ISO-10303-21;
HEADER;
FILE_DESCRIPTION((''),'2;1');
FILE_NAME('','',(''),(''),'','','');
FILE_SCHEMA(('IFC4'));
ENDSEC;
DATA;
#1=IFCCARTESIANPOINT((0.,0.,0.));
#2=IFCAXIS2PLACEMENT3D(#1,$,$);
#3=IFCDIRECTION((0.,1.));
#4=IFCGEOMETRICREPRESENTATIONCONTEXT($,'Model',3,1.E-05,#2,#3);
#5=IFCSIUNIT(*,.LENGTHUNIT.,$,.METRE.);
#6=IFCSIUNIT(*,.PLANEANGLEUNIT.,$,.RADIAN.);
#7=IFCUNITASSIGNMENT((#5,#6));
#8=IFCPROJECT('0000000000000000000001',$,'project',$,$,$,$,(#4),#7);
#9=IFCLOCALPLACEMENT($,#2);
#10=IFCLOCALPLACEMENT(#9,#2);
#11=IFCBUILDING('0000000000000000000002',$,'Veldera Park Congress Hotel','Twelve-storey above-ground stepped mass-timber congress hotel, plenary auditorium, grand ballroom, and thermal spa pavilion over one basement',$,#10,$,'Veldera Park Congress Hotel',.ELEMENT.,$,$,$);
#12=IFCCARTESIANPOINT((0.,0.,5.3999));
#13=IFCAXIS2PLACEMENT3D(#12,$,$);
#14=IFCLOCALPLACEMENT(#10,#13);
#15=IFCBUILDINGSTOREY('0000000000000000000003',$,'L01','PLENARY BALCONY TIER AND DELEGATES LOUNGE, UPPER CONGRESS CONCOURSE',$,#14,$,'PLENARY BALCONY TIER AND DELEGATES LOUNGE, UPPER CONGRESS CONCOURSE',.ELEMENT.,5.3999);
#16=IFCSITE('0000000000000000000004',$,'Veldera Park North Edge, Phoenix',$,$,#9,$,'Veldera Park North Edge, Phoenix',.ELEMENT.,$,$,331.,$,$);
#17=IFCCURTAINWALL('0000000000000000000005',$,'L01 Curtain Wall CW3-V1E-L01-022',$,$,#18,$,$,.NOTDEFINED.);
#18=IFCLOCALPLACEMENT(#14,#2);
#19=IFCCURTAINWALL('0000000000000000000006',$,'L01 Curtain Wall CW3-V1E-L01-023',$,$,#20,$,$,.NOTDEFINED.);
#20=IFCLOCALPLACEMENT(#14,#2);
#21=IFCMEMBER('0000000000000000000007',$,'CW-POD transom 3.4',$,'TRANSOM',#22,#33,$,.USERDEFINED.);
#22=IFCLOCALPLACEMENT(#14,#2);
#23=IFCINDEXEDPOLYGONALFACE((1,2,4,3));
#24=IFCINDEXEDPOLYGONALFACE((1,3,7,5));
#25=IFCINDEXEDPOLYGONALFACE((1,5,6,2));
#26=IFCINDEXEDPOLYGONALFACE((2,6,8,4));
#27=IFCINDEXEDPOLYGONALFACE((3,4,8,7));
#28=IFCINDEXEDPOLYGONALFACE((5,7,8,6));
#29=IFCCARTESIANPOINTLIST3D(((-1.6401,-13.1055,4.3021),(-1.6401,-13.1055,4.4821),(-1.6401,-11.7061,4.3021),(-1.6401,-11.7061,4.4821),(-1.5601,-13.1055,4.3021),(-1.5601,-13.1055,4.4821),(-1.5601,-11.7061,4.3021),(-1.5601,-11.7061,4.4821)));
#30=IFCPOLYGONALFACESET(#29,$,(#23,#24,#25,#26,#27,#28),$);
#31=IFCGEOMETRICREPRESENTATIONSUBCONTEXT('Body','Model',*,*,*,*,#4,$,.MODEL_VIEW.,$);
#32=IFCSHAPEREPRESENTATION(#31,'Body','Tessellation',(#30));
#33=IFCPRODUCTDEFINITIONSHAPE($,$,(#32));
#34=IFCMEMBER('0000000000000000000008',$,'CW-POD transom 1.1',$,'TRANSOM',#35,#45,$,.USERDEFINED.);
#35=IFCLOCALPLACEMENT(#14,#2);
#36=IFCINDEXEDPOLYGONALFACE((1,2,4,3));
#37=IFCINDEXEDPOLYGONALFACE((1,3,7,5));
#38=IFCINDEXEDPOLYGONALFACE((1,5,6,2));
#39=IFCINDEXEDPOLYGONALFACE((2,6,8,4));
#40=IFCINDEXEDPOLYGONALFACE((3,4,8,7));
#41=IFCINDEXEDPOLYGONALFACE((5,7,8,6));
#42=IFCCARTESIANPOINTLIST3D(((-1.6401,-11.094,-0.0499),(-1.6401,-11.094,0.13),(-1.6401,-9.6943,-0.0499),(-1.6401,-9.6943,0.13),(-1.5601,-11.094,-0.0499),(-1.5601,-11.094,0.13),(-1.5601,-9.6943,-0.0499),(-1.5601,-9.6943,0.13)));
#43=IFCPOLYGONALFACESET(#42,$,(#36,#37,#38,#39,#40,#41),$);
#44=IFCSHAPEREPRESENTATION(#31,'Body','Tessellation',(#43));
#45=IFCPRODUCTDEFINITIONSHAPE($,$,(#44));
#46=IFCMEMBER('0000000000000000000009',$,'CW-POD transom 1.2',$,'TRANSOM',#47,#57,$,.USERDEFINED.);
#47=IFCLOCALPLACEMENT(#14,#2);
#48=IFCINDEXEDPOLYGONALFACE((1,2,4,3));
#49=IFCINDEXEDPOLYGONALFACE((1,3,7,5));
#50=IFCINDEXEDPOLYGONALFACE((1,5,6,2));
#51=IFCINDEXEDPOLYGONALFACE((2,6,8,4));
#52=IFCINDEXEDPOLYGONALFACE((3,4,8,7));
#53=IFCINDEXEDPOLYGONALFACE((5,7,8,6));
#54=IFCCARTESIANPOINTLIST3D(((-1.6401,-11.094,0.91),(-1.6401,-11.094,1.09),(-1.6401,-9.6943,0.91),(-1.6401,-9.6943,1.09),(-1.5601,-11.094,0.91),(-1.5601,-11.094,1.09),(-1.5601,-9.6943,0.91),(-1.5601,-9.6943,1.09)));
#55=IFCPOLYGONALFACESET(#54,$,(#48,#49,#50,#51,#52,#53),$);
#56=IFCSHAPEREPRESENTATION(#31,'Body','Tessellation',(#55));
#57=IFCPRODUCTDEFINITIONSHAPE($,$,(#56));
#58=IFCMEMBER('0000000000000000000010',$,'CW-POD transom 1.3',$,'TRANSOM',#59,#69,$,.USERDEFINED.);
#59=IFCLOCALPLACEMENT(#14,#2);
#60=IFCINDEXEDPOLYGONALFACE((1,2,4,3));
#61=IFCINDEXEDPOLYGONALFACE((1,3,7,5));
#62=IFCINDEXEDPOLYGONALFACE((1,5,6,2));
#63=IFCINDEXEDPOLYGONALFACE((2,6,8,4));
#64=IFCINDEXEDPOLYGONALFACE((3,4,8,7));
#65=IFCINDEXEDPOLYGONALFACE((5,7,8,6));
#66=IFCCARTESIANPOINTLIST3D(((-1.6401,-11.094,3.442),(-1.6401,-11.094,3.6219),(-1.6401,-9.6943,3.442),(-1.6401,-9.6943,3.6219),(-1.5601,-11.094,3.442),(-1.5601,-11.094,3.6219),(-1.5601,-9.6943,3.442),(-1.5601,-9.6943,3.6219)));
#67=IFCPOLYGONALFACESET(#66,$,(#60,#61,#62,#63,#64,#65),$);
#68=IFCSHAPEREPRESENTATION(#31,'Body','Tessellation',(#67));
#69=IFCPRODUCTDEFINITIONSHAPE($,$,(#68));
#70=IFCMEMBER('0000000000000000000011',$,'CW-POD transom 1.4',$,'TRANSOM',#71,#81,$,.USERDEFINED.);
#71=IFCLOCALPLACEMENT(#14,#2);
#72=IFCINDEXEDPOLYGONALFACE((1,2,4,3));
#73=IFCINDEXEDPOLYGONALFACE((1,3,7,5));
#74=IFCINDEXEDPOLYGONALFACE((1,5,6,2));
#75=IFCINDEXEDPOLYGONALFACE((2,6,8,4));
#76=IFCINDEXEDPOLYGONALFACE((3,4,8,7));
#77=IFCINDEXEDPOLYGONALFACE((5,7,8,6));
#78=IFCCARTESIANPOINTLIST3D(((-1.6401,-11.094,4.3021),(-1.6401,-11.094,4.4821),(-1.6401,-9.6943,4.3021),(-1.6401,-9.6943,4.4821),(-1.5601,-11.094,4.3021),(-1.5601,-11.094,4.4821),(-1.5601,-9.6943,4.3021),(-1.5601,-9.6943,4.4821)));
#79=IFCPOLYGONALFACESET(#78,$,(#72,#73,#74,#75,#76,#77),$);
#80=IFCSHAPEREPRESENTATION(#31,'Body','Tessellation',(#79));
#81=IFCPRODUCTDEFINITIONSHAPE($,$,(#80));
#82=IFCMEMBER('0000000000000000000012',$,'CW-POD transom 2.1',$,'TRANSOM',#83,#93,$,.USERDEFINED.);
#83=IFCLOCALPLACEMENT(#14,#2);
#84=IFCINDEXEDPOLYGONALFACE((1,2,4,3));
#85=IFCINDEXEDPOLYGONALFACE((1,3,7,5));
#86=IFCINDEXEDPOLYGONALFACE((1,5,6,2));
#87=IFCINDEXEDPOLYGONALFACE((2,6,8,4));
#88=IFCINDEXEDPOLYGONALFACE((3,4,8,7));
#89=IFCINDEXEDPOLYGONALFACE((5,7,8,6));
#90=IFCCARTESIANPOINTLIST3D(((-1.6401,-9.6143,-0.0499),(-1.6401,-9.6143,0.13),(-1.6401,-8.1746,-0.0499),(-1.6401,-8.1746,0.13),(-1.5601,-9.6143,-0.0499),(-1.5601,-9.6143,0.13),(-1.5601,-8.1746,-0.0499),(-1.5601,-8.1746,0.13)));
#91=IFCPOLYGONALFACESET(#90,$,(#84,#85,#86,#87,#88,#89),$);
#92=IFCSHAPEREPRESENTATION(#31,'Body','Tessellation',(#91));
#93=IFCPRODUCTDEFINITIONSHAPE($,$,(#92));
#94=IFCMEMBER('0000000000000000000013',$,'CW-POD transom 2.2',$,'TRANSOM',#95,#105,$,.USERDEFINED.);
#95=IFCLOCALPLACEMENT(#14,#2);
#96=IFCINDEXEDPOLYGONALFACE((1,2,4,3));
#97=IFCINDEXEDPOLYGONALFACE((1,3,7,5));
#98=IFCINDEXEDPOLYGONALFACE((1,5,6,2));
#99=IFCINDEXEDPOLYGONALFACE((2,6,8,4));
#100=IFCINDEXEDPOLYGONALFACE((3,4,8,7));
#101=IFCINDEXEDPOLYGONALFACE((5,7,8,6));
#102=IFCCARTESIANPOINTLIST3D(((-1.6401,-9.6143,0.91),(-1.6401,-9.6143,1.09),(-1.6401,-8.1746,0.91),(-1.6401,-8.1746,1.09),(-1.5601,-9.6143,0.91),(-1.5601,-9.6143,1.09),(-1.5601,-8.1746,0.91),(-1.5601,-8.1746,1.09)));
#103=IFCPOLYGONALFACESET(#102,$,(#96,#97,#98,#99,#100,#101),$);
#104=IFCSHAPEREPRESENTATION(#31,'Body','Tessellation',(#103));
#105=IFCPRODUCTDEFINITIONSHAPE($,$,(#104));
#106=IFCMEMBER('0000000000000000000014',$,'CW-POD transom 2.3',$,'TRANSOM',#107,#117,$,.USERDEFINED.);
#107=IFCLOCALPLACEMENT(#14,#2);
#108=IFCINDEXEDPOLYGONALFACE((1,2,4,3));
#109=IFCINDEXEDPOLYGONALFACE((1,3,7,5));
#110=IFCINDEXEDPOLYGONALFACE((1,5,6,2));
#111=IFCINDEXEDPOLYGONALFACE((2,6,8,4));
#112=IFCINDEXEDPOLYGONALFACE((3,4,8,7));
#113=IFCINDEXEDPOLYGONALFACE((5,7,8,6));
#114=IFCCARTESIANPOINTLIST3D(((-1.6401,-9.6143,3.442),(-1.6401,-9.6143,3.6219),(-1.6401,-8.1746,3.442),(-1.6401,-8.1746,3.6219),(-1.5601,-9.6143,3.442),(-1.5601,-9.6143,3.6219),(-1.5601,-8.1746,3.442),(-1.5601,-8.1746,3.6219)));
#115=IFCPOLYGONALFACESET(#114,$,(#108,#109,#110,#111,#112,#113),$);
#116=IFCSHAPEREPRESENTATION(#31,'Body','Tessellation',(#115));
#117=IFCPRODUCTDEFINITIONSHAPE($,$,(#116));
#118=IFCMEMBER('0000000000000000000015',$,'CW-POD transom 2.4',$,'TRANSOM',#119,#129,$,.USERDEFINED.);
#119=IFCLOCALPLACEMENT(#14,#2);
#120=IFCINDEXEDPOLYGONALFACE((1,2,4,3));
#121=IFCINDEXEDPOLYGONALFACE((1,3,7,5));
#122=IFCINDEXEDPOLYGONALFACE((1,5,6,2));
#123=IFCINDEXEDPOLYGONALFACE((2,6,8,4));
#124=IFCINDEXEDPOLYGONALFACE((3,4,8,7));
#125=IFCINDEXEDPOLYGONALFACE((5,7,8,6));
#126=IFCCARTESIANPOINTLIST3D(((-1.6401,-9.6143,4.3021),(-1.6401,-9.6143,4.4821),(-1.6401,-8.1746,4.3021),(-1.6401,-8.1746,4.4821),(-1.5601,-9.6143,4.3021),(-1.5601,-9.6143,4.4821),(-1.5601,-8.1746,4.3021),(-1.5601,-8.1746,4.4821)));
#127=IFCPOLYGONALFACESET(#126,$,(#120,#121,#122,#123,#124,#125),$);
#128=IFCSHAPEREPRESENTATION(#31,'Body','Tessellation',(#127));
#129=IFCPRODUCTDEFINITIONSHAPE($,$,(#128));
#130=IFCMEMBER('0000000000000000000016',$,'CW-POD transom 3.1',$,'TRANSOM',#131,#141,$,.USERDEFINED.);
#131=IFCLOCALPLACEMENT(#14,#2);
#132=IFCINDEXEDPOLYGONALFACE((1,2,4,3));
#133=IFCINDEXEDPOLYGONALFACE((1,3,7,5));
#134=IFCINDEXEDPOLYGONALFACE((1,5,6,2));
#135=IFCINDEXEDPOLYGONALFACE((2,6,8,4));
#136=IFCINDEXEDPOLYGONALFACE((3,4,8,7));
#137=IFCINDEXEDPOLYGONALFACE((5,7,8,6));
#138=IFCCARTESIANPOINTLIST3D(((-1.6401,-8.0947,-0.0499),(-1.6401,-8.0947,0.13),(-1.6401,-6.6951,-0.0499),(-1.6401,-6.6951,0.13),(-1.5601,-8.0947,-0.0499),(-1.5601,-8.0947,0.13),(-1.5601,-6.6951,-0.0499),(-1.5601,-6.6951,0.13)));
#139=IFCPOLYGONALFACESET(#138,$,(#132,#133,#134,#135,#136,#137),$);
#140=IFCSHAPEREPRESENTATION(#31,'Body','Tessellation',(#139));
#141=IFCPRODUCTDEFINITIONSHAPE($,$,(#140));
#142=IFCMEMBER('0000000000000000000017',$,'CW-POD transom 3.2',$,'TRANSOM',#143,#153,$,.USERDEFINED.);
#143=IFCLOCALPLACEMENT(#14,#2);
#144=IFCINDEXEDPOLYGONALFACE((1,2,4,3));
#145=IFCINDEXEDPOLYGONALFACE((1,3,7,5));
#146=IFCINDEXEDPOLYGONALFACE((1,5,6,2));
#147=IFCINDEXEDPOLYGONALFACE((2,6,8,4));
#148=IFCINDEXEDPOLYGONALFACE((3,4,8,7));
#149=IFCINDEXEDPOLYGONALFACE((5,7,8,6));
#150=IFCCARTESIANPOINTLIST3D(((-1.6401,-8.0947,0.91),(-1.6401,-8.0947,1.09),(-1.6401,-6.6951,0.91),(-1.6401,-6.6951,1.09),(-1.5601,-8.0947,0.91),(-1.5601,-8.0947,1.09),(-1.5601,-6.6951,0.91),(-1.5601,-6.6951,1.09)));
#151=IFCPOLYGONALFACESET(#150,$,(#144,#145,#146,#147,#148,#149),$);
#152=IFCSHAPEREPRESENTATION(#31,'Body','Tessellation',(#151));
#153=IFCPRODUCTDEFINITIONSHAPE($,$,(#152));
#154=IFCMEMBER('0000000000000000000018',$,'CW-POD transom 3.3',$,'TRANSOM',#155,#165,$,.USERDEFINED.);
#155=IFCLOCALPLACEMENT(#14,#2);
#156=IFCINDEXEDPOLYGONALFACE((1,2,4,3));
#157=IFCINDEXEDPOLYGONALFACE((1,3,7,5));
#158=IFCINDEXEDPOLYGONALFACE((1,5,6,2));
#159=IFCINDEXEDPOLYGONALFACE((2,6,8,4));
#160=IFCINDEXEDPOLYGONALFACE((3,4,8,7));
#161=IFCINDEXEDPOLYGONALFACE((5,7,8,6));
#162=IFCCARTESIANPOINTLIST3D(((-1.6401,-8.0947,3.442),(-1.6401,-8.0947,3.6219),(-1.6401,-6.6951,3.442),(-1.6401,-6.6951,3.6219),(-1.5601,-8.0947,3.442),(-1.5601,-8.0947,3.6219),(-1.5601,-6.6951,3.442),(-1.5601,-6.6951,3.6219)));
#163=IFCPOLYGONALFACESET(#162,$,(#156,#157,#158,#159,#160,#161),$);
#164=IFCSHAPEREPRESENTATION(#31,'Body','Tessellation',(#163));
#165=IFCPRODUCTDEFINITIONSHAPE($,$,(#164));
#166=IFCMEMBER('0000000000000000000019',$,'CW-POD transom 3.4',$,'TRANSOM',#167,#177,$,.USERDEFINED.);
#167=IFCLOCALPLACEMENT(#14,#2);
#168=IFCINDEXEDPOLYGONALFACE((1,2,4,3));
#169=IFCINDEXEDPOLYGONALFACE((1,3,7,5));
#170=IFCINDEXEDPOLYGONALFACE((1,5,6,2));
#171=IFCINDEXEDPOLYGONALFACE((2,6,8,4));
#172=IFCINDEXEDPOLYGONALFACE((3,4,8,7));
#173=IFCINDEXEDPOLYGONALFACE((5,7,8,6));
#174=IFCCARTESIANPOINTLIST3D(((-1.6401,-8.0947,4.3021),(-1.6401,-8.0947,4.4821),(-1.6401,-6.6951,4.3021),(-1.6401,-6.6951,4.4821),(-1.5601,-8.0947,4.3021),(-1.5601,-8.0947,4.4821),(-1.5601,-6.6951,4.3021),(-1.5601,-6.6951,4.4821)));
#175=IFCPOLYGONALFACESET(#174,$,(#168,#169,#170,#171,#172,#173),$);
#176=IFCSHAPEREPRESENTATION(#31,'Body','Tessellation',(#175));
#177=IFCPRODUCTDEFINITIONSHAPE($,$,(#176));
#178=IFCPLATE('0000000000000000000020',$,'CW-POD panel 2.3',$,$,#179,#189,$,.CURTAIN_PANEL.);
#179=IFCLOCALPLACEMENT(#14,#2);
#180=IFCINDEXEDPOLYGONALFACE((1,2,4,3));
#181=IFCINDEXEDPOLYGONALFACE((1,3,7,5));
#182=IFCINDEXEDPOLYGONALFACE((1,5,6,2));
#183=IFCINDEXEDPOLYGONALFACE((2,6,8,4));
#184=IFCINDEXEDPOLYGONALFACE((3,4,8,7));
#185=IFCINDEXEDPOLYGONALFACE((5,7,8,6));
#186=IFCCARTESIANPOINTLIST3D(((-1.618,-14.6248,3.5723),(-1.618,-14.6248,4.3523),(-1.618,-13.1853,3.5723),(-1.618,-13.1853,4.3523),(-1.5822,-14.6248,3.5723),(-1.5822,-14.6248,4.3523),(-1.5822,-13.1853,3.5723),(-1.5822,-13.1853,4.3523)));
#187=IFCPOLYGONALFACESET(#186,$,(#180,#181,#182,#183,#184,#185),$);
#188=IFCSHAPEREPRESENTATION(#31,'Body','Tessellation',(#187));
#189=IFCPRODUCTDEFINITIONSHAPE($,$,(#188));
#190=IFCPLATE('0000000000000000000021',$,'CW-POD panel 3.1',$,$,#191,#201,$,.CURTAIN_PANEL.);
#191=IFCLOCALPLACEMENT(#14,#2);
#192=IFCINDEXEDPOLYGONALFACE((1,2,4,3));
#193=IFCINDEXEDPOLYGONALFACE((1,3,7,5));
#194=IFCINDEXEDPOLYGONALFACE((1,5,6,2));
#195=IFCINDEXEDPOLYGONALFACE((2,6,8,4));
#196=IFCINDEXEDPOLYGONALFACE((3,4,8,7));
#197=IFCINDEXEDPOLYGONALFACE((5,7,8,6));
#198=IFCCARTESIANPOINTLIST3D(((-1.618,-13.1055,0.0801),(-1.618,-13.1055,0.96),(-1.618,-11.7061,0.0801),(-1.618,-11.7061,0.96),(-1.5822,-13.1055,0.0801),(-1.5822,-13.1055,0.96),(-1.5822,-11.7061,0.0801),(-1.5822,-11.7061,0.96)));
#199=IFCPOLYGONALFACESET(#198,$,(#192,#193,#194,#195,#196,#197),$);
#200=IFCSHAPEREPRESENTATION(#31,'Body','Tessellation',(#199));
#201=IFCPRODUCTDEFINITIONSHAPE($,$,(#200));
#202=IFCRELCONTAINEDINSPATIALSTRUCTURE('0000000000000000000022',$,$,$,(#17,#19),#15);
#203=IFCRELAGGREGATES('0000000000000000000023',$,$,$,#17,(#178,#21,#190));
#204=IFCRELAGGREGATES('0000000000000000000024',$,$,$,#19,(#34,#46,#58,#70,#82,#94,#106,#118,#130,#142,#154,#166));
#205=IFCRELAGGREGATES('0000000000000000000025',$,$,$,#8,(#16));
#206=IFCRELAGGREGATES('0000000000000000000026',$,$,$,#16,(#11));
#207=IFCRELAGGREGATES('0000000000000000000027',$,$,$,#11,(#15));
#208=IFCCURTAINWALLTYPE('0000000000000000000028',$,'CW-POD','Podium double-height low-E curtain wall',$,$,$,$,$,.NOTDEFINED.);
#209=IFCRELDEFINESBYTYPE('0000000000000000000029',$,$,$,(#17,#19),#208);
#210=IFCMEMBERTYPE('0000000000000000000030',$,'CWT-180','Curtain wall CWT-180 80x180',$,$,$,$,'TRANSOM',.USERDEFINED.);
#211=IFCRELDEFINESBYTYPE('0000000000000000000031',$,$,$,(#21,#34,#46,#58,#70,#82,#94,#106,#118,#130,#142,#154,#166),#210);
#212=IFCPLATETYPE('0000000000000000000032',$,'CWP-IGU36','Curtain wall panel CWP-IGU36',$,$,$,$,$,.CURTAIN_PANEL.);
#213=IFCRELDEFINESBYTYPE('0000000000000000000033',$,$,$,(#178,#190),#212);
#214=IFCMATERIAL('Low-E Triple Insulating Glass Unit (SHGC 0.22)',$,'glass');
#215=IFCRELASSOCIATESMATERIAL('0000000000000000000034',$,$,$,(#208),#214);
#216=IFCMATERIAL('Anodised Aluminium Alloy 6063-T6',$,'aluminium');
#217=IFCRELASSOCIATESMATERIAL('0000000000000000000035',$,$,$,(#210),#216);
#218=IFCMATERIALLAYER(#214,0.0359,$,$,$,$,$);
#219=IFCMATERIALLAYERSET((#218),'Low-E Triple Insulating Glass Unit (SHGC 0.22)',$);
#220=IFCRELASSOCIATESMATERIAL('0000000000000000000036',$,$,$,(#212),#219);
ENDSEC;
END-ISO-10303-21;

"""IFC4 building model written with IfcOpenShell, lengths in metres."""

from ifc_helpers import new_model, si_unit, direction, frame, origin, origin_2d, place, context, subcontext, project, spatial, rectangle, extrude, material, layer, layer_set, material_profile, profile_set, type_object, element, aggregate, save


model = new_model("IFC4")

# Units and contexts
model_context = context("Model", 3, precision=1e-05, world=origin(), true_north=direction((0.0, 1.0)))
body_context = subcontext(model_context, "Body", "Model", "MODEL_VIEW")
ifc_project = project(units=[si_unit("LENGTHUNIT", "METRE"), si_unit("PLANEANGLEUNIT", "RADIAN")], contexts=[model_context])

# Site, building, storey
site_placement = place(None, origin())
site = spatial("IfcSite", under=ifc_project, at=site_placement, Name="Veldera Park North Edge, Phoenix", LongName="Veldera Park North Edge, Phoenix", CompositionType="ELEMENT", RefElevation=331.0)
building_placement = place(site_placement, origin())
building = spatial("IfcBuilding", under=site, at=building_placement, Name="Veldera Park Congress Hotel", Description="Twelve-storey above-ground stepped mass-timber congress hotel, plenary auditorium, grand ballroom, and thermal spa pavilion over one basement", LongName="Veldera Park Congress Hotel", CompositionType="ELEMENT")
storey_placement = place(building_placement, frame((0.0, 0.0, 5.3999)))
storey = spatial("IfcBuildingStorey", under=building, at=storey_placement, Name="L01", Description="PLENARY BALCONY TIER AND DELEGATES LOUNGE, UPPER CONGRESS CONCOURSE", LongName="PLENARY BALCONY TIER AND DELEGATES LOUNGE, UPPER CONGRESS CONCOURSE", CompositionType="ELEMENT", Elevation=5.3999)

# Shared definitions
ifc_material_1 = material(Name="Low-E Triple Insulating Glass Unit (SHGC 0.22)", Category="glass")
ifc_material_2 = material(Name="Anodised Aluminium Alloy 6063-T6", Category="aluminium")

# Curtain walls
curtain_wall_type_1 = type_object("IfcCurtainWallType", Name="CW-POD", Description="Podium double-height low-E curtain wall", PredefinedType="NOTDEFINED", material=ifc_material_1)
curtain_wall_1_placement = place(storey_placement, origin())
curtain_wall_1 = element("IfcCurtainWall", 1, at=curtain_wall_1_placement, inside=storey, type_object=curtain_wall_type_1, Name="L01 Curtain Wall CW3-V1E-L01-022", PredefinedType="NOTDEFINED")
curtain_wall_2_placement = place(storey_placement, origin())
curtain_wall_2 = element("IfcCurtainWall", 2, at=curtain_wall_2_placement, inside=storey, type_object=curtain_wall_type_1, Name="L01 Curtain Wall CW3-V1E-L01-023", PredefinedType="NOTDEFINED")

# Members
ifc_material_profile_1 = material_profile(ifc_material_2, rectangle(XDim=0.0801, YDim=0.1799, at=origin_2d()), Name="ALU 80x180")
ifc_profile_set_1 = profile_set([ifc_material_profile_1], Name="Anodised Aluminium Alloy 6063-T6")
member_type_1 = type_object("IfcMemberType", Name="CWT-180", Description="Curtain wall CWT-180 80x180", ElementType="TRANSOM", PredefinedType="USERDEFINED", material=ifc_profile_set_1)
member_1_placement = place(storey_placement, frame((-1.6001, -13.1055, 4.3921), z_axis=(0.0, 1.0, 0.0), x_axis=(-1.0, 0.0, 0.0)))
member_1 = element("IfcMember", 3, at=member_1_placement, type_object=member_type_1, Name="CW-POD transom 3.4", ObjectType="TRANSOM", PredefinedType="USERDEFINED", context=body_context, shape_type="SweptSolid", body=[
    extrude(rectangle(XDim=0.0801, YDim=0.1799, at=origin_2d()), origin(), (0.0, 0.0, 1.0), 1.3994),
])
member_2_placement = place(storey_placement, frame((-1.6001, -11.094, 0.04), z_axis=(0.0, 1.0, 0.0), x_axis=(-1.0, 0.0, 0.0)))
member_2 = element("IfcMember", 4, at=member_2_placement, type_object=member_type_1, Name="CW-POD transom 1.1", ObjectType="TRANSOM", PredefinedType="USERDEFINED", context=body_context, shape_type="SweptSolid", body=[
    extrude(rectangle(XDim=0.0801, YDim=0.1799, at=origin_2d()), origin(), (0.0, 0.0, 1.0), 1.3997),
])
member_3_placement = place(storey_placement, frame((-1.6001, -11.094, 1.0), z_axis=(0.0, 1.0, 0.0), x_axis=(-1.0, 0.0, 0.0)))
member_3 = element("IfcMember", 5, at=member_3_placement, type_object=member_type_1, Name="CW-POD transom 1.2", ObjectType="TRANSOM", PredefinedType="USERDEFINED", context=body_context, shape_type="SweptSolid", body=[
    extrude(rectangle(XDim=0.0801, YDim=0.1799, at=origin_2d()), origin(), (0.0, 0.0, 1.0), 1.3997),
])
member_4_placement = place(storey_placement, frame((-1.6001, -11.094, 3.532), z_axis=(0.0, 1.0, 0.0), x_axis=(-1.0, 0.0, 0.0)))
member_4 = element("IfcMember", 6, at=member_4_placement, type_object=member_type_1, Name="CW-POD transom 1.3", ObjectType="TRANSOM", PredefinedType="USERDEFINED", context=body_context, shape_type="SweptSolid", body=[
    extrude(rectangle(XDim=0.0801, YDim=0.1799, at=origin_2d()), origin(), (0.0, 0.0, 1.0), 1.3997),
])
member_5_placement = place(storey_placement, frame((-1.6001, -11.094, 4.3921), z_axis=(0.0, 1.0, 0.0), x_axis=(-1.0, 0.0, 0.0)))
member_5 = element("IfcMember", 7, at=member_5_placement, type_object=member_type_1, Name="CW-POD transom 1.4", ObjectType="TRANSOM", PredefinedType="USERDEFINED", context=body_context, shape_type="SweptSolid", body=[
    extrude(rectangle(XDim=0.0801, YDim=0.1799, at=origin_2d()), origin(), (0.0, 0.0, 1.0), 1.3997),
])
member_6_placement = place(storey_placement, frame((-1.6001, -9.6143, 0.04), z_axis=(0.0, 1.0, 0.0), x_axis=(-1.0, 0.0, 0.0)))
member_6 = element("IfcMember", 8, at=member_6_placement, type_object=member_type_1, Name="CW-POD transom 2.1", ObjectType="TRANSOM", PredefinedType="USERDEFINED", context=body_context, shape_type="SweptSolid", body=[
    extrude(rectangle(XDim=0.0801, YDim=0.1799, at=origin_2d()), origin(), (0.0, 0.0, 1.0), 1.4397),
])
member_7_placement = place(storey_placement, frame((-1.6001, -9.6143, 1.0), z_axis=(0.0, 1.0, 0.0), x_axis=(-1.0, 0.0, 0.0)))
member_7 = element("IfcMember", 9, at=member_7_placement, type_object=member_type_1, Name="CW-POD transom 2.2", ObjectType="TRANSOM", PredefinedType="USERDEFINED", context=body_context, shape_type="SweptSolid", body=[
    extrude(rectangle(XDim=0.0801, YDim=0.1799, at=origin_2d()), origin(), (0.0, 0.0, 1.0), 1.4397),
])
member_8_placement = place(storey_placement, frame((-1.6001, -9.6143, 3.532), z_axis=(0.0, 1.0, 0.0), x_axis=(-1.0, 0.0, 0.0)))
member_8 = element("IfcMember", 10, at=member_8_placement, type_object=member_type_1, Name="CW-POD transom 2.3", ObjectType="TRANSOM", PredefinedType="USERDEFINED", context=body_context, shape_type="SweptSolid", body=[
    extrude(rectangle(XDim=0.0801, YDim=0.1799, at=origin_2d()), origin(), (0.0, 0.0, 1.0), 1.4397),
])
member_9_placement = place(storey_placement, frame((-1.6001, -9.6143, 4.3921), z_axis=(0.0, 1.0, 0.0), x_axis=(-1.0, 0.0, 0.0)))
member_9 = element("IfcMember", 11, at=member_9_placement, type_object=member_type_1, Name="CW-POD transom 2.4", ObjectType="TRANSOM", PredefinedType="USERDEFINED", context=body_context, shape_type="SweptSolid", body=[
    extrude(rectangle(XDim=0.0801, YDim=0.1799, at=origin_2d()), origin(), (0.0, 0.0, 1.0), 1.4397),
])
member_10_placement = place(storey_placement, frame((-1.6001, -8.0947, 0.04), z_axis=(0.0, 1.0, 0.0), x_axis=(-1.0, 0.0, 0.0)))
member_10 = element("IfcMember", 12, at=member_10_placement, type_object=member_type_1, Name="CW-POD transom 3.1", ObjectType="TRANSOM", PredefinedType="USERDEFINED", context=body_context, shape_type="SweptSolid", body=[
    extrude(rectangle(XDim=0.0801, YDim=0.1799, at=origin_2d()), origin(), (0.0, 0.0, 1.0), 1.3997),
])
member_11_placement = place(storey_placement, frame((-1.6001, -8.0947, 1.0), z_axis=(0.0, 1.0, 0.0), x_axis=(-1.0, 0.0, 0.0)))
member_11 = element("IfcMember", 13, at=member_11_placement, type_object=member_type_1, Name="CW-POD transom 3.2", ObjectType="TRANSOM", PredefinedType="USERDEFINED", context=body_context, shape_type="SweptSolid", body=[
    extrude(rectangle(XDim=0.0801, YDim=0.1799, at=origin_2d()), origin(), (0.0, 0.0, 1.0), 1.3997),
])
member_12_placement = place(storey_placement, frame((-1.6001, -8.0947, 3.532), z_axis=(0.0, 1.0, 0.0), x_axis=(-1.0, 0.0, 0.0)))
member_12 = element("IfcMember", 14, at=member_12_placement, type_object=member_type_1, Name="CW-POD transom 3.3", ObjectType="TRANSOM", PredefinedType="USERDEFINED", context=body_context, shape_type="SweptSolid", body=[
    extrude(rectangle(XDim=0.0801, YDim=0.1799, at=origin_2d()), origin(), (0.0, 0.0, 1.0), 1.3997),
])
member_13_placement = place(storey_placement, frame((-1.6001, -8.0947, 4.3921), z_axis=(0.0, 1.0, 0.0), x_axis=(-1.0, 0.0, 0.0)))
member_13 = element("IfcMember", 15, at=member_13_placement, type_object=member_type_1, Name="CW-POD transom 3.4", ObjectType="TRANSOM", PredefinedType="USERDEFINED", context=body_context, shape_type="SweptSolid", body=[
    extrude(rectangle(XDim=0.0801, YDim=0.1799, at=origin_2d()), origin(), (0.0, 0.0, 1.0), 1.3997),
])

# Plates
ifc_layer = layer(ifc_material_1, 0.0359)
ifc_layer_set = layer_set([ifc_layer], Name="Low-E Triple Insulating Glass Unit (SHGC 0.22)")
plate_type = type_object("IfcPlateType", Name="CWP-IGU36", Description="Curtain wall panel CWP-IGU36", PredefinedType="CURTAIN_PANEL", material=ifc_layer_set)
plate_1_placement = place(storey_placement, frame((-1.6001, -13.905, 3.5723), z_axis=(0.0, 0.0, 1.0), x_axis=(0.0, 1.0, 0.0)))
plate_1 = element("IfcPlate", 16, at=plate_1_placement, type_object=plate_type, Name="CW-POD panel 2.3", PredefinedType="CURTAIN_PANEL", context=body_context, shape_type="SweptSolid", body=[
    extrude(rectangle(XDim=1.4395, YDim=0.0359, at=origin_2d()), origin(), (0.0, 0.0, 1.0), 0.78),
])
plate_2_placement = place(storey_placement, frame((-1.6001, -12.4058, 0.0801), z_axis=(0.0, 0.0, 1.0), x_axis=(0.0, 1.0, 0.0)))
plate_2 = element("IfcPlate", 17, at=plate_2_placement, type_object=plate_type, Name="CW-POD panel 3.1", PredefinedType="CURTAIN_PANEL", context=body_context, shape_type="SweptSolid", body=[
    extrude(rectangle(XDim=1.3994, YDim=0.0359, at=origin_2d()), origin(), (0.0, 0.0, 1.0), 0.8799),
])
aggregate(curtain_wall_1, [plate_1, member_1, plate_2])
aggregate(curtain_wall_2, [member_2, member_3, member_4, member_5, member_6, member_7, member_8, member_9, member_10, member_11, member_12, member_13])

save(model, "model.ifc")
